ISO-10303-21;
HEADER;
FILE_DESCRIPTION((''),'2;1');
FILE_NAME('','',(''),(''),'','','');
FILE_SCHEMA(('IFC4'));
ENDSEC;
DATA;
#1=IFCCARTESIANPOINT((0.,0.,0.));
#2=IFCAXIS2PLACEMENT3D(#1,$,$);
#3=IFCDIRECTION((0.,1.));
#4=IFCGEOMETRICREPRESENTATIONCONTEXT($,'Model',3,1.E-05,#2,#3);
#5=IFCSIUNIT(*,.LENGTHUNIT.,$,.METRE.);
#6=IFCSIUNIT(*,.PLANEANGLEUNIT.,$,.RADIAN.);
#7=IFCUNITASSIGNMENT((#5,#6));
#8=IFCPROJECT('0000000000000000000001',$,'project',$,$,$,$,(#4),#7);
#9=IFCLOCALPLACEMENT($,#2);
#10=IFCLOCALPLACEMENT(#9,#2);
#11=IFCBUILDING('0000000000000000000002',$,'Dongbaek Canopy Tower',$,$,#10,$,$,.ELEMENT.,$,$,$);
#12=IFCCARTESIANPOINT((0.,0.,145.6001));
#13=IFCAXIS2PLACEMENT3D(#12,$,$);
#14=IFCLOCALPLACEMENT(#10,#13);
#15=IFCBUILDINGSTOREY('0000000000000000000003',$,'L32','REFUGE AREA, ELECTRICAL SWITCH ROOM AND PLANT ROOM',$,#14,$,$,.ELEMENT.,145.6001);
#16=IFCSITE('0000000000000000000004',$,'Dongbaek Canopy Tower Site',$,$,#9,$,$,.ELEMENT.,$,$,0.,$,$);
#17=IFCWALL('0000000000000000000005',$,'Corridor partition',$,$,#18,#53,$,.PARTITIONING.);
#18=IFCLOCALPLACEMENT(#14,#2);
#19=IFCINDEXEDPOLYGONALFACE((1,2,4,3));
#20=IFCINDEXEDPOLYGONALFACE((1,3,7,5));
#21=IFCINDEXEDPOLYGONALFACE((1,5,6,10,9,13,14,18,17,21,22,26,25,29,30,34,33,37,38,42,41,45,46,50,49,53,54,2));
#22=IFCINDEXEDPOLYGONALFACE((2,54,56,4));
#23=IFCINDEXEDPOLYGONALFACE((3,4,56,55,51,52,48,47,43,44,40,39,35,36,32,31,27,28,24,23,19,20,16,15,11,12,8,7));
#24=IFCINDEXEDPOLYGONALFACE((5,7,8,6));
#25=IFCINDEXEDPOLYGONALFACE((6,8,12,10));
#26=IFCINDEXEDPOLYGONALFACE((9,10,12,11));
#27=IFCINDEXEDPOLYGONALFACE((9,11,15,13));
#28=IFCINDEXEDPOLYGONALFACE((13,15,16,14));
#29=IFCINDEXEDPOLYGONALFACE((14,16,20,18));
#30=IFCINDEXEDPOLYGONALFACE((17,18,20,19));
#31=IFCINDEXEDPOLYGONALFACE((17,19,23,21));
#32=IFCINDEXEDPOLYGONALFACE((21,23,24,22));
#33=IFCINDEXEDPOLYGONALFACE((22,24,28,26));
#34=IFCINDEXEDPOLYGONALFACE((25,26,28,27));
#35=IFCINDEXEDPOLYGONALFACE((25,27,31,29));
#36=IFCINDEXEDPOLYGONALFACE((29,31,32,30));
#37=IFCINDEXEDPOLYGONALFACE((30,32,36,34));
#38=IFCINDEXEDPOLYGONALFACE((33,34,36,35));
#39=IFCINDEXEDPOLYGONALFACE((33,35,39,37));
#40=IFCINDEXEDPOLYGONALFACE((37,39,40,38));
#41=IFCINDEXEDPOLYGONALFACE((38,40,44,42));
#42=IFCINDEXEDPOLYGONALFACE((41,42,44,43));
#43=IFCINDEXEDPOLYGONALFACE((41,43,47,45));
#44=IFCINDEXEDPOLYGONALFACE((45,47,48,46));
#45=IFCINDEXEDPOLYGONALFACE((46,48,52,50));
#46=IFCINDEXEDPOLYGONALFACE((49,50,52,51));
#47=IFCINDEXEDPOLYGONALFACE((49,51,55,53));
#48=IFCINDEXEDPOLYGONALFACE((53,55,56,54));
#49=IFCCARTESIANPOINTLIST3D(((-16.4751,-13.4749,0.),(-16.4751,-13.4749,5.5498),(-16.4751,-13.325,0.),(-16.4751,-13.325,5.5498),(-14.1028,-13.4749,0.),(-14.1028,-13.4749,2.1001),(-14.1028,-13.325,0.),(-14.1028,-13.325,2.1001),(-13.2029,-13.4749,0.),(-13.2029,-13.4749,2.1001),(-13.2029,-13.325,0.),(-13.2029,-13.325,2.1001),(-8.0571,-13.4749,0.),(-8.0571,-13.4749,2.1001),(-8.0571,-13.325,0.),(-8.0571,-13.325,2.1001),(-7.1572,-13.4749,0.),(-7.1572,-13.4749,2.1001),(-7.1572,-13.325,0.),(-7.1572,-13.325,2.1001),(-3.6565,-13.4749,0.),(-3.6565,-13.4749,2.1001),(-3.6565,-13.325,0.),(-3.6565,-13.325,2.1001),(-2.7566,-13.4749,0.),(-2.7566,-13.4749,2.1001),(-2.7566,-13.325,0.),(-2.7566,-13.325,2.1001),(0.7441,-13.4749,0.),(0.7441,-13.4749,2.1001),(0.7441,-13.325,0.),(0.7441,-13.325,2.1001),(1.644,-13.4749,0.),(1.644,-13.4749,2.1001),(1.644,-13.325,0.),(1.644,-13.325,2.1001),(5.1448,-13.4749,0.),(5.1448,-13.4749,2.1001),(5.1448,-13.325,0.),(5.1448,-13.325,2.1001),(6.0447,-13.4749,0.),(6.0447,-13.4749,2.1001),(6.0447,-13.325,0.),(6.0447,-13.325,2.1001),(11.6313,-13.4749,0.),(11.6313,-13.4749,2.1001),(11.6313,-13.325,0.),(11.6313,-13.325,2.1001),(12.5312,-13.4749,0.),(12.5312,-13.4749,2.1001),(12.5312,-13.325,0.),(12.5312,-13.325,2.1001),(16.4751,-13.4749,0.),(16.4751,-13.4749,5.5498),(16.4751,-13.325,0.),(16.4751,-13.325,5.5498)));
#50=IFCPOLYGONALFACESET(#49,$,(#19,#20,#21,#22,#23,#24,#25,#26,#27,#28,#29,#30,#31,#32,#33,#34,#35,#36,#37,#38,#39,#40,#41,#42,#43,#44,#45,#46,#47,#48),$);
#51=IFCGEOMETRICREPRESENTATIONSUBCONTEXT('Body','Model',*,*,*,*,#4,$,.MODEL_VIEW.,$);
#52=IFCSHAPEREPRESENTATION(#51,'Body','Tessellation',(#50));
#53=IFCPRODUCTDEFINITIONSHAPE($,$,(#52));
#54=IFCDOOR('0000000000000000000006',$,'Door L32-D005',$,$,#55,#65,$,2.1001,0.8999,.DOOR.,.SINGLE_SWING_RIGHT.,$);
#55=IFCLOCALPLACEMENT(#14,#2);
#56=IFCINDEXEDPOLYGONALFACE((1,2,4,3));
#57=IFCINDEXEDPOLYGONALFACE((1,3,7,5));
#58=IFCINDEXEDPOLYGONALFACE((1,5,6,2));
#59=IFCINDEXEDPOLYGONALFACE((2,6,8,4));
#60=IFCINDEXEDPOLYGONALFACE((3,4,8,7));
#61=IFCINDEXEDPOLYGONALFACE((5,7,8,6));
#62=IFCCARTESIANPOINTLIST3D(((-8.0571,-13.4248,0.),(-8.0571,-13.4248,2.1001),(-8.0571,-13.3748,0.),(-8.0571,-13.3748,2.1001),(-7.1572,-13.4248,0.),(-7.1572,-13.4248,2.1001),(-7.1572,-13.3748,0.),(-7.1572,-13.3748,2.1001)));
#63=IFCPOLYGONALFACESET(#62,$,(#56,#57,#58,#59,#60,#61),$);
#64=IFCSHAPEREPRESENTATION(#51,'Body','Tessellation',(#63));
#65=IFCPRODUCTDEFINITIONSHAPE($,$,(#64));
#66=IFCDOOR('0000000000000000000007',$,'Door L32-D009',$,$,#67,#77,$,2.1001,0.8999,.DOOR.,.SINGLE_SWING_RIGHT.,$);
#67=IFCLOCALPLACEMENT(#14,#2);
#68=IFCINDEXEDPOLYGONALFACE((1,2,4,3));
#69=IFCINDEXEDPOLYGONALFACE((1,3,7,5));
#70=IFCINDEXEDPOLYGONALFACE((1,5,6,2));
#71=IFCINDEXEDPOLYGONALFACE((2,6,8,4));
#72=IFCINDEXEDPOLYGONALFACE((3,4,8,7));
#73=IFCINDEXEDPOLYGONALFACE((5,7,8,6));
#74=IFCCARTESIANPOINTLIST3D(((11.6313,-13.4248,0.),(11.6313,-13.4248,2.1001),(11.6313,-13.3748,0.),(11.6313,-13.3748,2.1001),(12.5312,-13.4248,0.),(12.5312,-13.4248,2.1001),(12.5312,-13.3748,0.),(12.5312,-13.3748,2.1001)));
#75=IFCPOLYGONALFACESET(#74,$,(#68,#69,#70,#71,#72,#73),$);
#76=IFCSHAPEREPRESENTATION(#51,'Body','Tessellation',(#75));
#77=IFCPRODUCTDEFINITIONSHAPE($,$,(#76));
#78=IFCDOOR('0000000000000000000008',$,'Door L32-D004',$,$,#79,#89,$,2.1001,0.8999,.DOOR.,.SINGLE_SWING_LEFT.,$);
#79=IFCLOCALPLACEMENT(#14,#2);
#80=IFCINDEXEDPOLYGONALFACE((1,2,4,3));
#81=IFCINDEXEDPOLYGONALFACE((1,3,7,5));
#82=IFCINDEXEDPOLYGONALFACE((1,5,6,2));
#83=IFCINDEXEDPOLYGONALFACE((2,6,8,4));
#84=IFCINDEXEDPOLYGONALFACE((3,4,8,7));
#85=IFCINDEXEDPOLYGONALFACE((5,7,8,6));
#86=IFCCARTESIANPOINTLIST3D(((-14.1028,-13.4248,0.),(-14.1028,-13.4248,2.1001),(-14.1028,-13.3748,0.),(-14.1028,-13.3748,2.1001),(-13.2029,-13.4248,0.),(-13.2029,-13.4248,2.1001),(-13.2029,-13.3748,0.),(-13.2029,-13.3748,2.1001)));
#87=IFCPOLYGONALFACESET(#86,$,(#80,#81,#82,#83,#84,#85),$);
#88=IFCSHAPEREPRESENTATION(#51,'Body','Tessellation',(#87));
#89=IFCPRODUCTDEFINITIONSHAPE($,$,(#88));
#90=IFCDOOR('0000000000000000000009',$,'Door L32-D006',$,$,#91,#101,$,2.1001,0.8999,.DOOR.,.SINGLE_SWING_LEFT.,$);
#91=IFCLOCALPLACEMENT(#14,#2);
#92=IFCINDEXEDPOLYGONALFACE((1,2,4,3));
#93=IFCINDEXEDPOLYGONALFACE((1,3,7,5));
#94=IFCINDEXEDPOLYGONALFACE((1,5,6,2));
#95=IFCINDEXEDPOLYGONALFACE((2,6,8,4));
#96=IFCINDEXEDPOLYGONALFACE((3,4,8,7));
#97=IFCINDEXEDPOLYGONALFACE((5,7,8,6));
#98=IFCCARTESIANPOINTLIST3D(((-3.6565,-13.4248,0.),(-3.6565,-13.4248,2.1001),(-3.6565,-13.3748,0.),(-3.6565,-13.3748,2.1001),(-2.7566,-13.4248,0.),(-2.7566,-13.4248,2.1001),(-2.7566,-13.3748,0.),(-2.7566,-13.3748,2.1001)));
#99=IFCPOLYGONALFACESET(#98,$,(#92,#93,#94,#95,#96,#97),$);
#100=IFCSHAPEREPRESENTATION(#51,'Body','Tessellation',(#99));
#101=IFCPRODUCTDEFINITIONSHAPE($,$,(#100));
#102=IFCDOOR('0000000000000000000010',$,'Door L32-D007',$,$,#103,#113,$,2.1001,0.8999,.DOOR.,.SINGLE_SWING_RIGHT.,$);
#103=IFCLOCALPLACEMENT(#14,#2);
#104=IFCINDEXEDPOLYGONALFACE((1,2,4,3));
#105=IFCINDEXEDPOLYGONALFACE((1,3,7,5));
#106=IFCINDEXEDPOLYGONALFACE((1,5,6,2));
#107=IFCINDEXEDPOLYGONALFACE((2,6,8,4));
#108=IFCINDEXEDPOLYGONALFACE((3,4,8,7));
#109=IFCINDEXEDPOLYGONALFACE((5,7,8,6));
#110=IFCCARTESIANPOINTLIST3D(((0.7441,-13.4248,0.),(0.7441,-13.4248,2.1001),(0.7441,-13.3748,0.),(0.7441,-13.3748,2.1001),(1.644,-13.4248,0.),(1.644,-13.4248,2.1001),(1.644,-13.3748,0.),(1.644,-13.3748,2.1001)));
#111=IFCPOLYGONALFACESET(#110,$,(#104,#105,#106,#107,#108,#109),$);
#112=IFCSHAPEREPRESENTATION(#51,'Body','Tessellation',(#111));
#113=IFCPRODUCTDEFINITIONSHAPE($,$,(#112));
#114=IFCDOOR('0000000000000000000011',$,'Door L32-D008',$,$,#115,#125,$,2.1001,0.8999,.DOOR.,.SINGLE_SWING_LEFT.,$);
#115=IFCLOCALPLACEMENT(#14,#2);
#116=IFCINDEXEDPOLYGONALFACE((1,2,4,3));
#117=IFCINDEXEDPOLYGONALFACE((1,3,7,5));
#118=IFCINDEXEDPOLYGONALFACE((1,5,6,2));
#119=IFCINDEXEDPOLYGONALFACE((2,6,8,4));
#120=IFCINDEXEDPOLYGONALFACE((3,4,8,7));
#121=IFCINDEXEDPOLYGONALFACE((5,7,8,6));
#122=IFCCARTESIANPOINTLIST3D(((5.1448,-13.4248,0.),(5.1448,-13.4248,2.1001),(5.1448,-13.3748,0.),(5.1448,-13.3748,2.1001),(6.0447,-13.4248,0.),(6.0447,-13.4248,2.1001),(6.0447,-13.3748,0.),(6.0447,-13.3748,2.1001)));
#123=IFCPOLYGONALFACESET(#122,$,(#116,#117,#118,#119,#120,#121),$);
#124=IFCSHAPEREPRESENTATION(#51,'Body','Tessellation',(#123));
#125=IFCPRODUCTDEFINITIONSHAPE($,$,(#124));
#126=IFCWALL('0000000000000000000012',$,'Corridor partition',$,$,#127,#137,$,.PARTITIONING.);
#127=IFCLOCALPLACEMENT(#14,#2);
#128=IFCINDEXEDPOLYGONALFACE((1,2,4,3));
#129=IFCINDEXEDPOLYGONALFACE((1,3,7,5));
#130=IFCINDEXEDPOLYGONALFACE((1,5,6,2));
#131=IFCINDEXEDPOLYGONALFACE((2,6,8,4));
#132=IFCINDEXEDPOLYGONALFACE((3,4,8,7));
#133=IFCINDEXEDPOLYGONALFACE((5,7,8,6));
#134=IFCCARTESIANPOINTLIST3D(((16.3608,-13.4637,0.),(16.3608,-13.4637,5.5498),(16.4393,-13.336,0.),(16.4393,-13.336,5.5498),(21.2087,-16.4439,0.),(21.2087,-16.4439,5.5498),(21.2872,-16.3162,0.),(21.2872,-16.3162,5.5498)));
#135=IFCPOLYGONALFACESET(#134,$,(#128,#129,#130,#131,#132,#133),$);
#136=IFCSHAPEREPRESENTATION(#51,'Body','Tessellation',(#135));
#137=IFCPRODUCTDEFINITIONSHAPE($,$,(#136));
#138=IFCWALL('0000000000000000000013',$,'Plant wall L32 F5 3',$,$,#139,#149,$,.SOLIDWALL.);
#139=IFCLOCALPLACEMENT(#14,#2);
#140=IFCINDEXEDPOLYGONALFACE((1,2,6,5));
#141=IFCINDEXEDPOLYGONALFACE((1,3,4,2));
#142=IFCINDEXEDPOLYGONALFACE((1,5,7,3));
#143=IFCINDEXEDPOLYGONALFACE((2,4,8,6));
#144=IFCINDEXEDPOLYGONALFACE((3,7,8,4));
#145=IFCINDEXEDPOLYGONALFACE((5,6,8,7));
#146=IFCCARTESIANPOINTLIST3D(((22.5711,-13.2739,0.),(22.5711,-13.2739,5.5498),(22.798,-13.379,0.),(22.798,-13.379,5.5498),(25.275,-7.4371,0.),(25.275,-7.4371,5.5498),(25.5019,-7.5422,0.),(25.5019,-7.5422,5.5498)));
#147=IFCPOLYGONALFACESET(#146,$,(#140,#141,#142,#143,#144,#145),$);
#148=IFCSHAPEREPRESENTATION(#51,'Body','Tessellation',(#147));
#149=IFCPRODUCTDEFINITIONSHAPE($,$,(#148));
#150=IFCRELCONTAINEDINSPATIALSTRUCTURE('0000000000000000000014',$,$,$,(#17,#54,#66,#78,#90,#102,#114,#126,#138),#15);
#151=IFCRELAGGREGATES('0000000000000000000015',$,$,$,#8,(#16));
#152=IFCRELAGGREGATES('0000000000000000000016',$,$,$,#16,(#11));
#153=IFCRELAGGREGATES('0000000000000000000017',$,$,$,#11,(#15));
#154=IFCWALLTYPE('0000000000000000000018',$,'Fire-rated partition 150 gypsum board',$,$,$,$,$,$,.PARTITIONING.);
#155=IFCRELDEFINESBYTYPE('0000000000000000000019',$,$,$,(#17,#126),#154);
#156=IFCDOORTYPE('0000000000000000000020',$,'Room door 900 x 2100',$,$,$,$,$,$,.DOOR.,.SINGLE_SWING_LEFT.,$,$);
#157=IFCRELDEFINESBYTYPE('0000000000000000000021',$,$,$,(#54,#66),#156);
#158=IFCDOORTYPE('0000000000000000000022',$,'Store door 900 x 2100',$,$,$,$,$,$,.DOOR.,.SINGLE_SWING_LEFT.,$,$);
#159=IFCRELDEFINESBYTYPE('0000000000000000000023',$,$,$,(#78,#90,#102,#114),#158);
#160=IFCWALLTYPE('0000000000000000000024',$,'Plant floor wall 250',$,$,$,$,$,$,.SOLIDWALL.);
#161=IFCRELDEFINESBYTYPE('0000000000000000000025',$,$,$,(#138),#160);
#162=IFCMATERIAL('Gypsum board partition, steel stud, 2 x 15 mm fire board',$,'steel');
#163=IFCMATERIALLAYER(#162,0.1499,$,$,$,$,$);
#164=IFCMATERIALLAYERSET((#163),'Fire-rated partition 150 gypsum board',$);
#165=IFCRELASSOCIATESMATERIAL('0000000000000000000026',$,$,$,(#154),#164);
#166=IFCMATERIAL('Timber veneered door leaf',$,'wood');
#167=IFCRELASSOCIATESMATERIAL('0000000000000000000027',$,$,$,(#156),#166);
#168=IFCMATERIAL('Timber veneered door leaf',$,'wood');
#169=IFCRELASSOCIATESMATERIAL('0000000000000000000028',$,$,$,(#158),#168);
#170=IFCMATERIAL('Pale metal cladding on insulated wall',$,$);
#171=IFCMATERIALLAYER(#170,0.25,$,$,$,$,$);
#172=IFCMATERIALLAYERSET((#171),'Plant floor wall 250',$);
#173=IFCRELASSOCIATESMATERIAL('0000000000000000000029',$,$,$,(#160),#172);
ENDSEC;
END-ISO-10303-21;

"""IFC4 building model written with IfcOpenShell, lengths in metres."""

from ifc_helpers import new_model, si_unit, direction, frame, frame_2d, origin, place, context, subcontext, project, spatial, rectangle, extrude, material, layer, layer_set, type_object, element, fill, save


model = new_model("IFC4")

# Units and contexts
model_context = context("Model", 3, precision=1e-05, world=origin(), true_north=direction((0.0, 1.0)))
body_context = subcontext(model_context, "Body", "Model", "MODEL_VIEW")
ifc_project = project(units=[si_unit("LENGTHUNIT", "METRE"), si_unit("PLANEANGLEUNIT", "RADIAN")], contexts=[model_context])

# Site, building, storey
site_placement = place(None, origin())
site = spatial("IfcSite", under=ifc_project, at=site_placement, Name="Dongbaek Canopy Tower Site", CompositionType="ELEMENT", RefElevation=0.0)
building_placement = place(site_placement, origin())
building = spatial("IfcBuilding", under=site, at=building_placement, Name="Dongbaek Canopy Tower", CompositionType="ELEMENT")
storey_placement = place(building_placement, frame((0.0, 0.0, 145.6001)))
storey = spatial("IfcBuildingStorey", under=building, at=storey_placement, Name="L32", Description="REFUGE AREA, ELECTRICAL SWITCH ROOM AND PLANT ROOM", CompositionType="ELEMENT", Elevation=145.6001)

# Wall, openings, doors
ifc_material_1 = material(Name="Gypsum board partition, steel stud, 2 x 15 mm fire board", Category="steel")
ifc_layer_1 = layer(ifc_material_1, 0.1499)
ifc_layer_set_1 = layer_set([ifc_layer_1], Name="Fire-rated partition 150 gypsum board")
wall_type_1 = type_object("IfcWallType", Name="Fire-rated partition 150 gypsum board", PredefinedType="PARTITIONING", material=ifc_layer_set_1)
wall_1_placement = place(storey_placement, frame((16.4751, -13.3999, 0.0), z_axis=(0.0, 0.0, 1.0), x_axis=(-1.0, 0.0, 0.0)))
wall_1 = element("IfcWall", 1, at=wall_1_placement, inside=storey, type_object=wall_type_1, Name="Corridor partition", PredefinedType="PARTITIONING", context=body_context, shape_type="SweptSolid", body=[
    extrude(rectangle(XDim=32.9502, YDim=0.1499, at=frame_2d((16.4751, 0.0))), origin(), (0.0, 0.0, 1.0), 5.5498),
])
opening_1_placement = place(wall_1_placement, frame((29.678, 0.0, 0.0)))
opening_1 = element("IfcOpeningElement", 2, at=opening_1_placement, cuts=wall_1, PredefinedType="OPENING", context=body_context, shape_type="SweptSolid", body=[
    extrude(rectangle(XDim=0.8999, YDim=2.1001, at=frame_2d((0.45, 1.05))), frame((0.0, 0.085, 0.0), z_axis=(0.0, -1.0, 0.0), x_axis=(1.0, 0.0, 0.0)), (0.0, 0.0, 1.0), 0.1699),
])
opening_2_placement = place(wall_1_placement, frame((23.6323, 0.0, 0.0)))
opening_2 = element("IfcOpeningElement", 3, at=opening_2_placement, cuts=wall_1, PredefinedType="OPENING", context=body_context, shape_type="SweptSolid", body=[
    extrude(rectangle(XDim=0.8999, YDim=2.1001, at=frame_2d((0.45, 1.05))), frame((0.0, 0.085, 0.0), z_axis=(0.0, -1.0, 0.0), x_axis=(1.0, 0.0, 0.0)), (0.0, 0.0, 1.0), 0.1699),
])
opening_3_placement = place(wall_1_placement, frame((19.2317, 0.0, 0.0)))
opening_3 = element("IfcOpeningElement", 4, at=opening_3_placement, cuts=wall_1, PredefinedType="OPENING", context=body_context, shape_type="SweptSolid", body=[
    extrude(rectangle(XDim=0.8999, YDim=2.1001, at=frame_2d((0.45, 1.05))), frame((0.0, 0.085, 0.0), z_axis=(0.0, -1.0, 0.0), x_axis=(1.0, 0.0, 0.0)), (0.0, 0.0, 1.0), 0.1699),
])
opening_4_placement = place(wall_1_placement, frame((14.8311, 0.0, 0.0)))
opening_4 = element("IfcOpeningElement", 5, at=opening_4_placement, cuts=wall_1, PredefinedType="OPENING", context=body_context, shape_type="SweptSolid", body=[
    extrude(rectangle(XDim=0.8999, YDim=2.1001, at=frame_2d((0.45, 1.05))), frame((0.0, 0.085, 0.0), z_axis=(0.0, -1.0, 0.0), x_axis=(1.0, 0.0, 0.0)), (0.0, 0.0, 1.0), 0.1699),
])
opening_5_placement = place(wall_1_placement, frame((10.4304, 0.0, 0.0)))
opening_5 = element("IfcOpeningElement", 6, at=opening_5_placement, cuts=wall_1, PredefinedType="OPENING", context=body_context, shape_type="SweptSolid", body=[
    extrude(rectangle(XDim=0.8999, YDim=2.1001, at=frame_2d((0.45, 1.05))), frame((0.0, 0.085, 0.0), z_axis=(0.0, -1.0, 0.0), x_axis=(1.0, 0.0, 0.0)), (0.0, 0.0, 1.0), 0.1699),
])
opening_6_placement = place(wall_1_placement, frame((3.9438, 0.0, 0.0)))
opening_6 = element("IfcOpeningElement", 7, at=opening_6_placement, cuts=wall_1, PredefinedType="OPENING", context=body_context, shape_type="SweptSolid", body=[
    extrude(rectangle(XDim=0.8999, YDim=2.1001, at=frame_2d((0.45, 1.05))), frame((0.0, 0.085, 0.0), z_axis=(0.0, -1.0, 0.0), x_axis=(1.0, 0.0, 0.0)), (0.0, 0.0, 1.0), 0.1699),
])
ifc_material_2 = material(Name="Timber veneered door leaf", Category="wood")
door_type_1 = type_object("IfcDoorType", Name="Room door 900 x 2100", OperationType="SINGLE_SWING_LEFT", PredefinedType="DOOR", material=ifc_material_2)
door_1_placement = place(opening_2_placement, origin())
door_1 = element("IfcDoor", 8, at=door_1_placement, inside=storey, type_object=door_type_1, Name="Door L32-D005", OperationType="SINGLE_SWING_RIGHT", OverallHeight=2.1001, OverallWidth=0.8999, PredefinedType="DOOR", context=body_context, shape_type="SweptSolid", body=[
    extrude(rectangle(XDim=0.8999, YDim=2.1001, at=frame_2d((0.45, 1.05))), frame((0.0, 0.0249, 0.0), z_axis=(0.0, -1.0, 0.0), x_axis=(1.0, 0.0, 0.0)), (0.0, 0.0, 1.0), 0.05),
])
fill(opening_2, door_1)
door_2_placement = place(opening_6_placement, origin())
door_2 = element("IfcDoor", 9, at=door_2_placement, inside=storey, type_object=door_type_1, Name="Door L32-D009", OperationType="SINGLE_SWING_RIGHT", OverallHeight=2.1001, OverallWidth=0.8999, PredefinedType="DOOR", context=body_context, shape_type="SweptSolid", body=[
    extrude(rectangle(XDim=0.8999, YDim=2.1001, at=frame_2d((0.45, 1.05))), frame((0.0, 0.0249, 0.0), z_axis=(0.0, -1.0, 0.0), x_axis=(1.0, 0.0, 0.0)), (0.0, 0.0, 1.0), 0.05),
])
fill(opening_6, door_2)
ifc_material_3 = material(Name="Timber veneered door leaf", Category="wood")
door_type_2 = type_object("IfcDoorType", Name="Store door 900 x 2100", OperationType="SINGLE_SWING_LEFT", PredefinedType="DOOR", material=ifc_material_3)
door_3_placement = place(opening_1_placement, origin())
door_3 = element("IfcDoor", 10, at=door_3_placement, inside=storey, type_object=door_type_2, Name="Door L32-D004", OperationType="SINGLE_SWING_LEFT", OverallHeight=2.1001, OverallWidth=0.8999, PredefinedType="DOOR", context=body_context, shape_type="SweptSolid", body=[
    extrude(rectangle(XDim=0.8999, YDim=2.1001, at=frame_2d((0.45, 1.05))), frame((0.0, 0.0249, 0.0), z_axis=(0.0, -1.0, 0.0), x_axis=(1.0, 0.0, 0.0)), (0.0, 0.0, 1.0), 0.05),
])
fill(opening_1, door_3)
door_4_placement = place(opening_3_placement, origin())
door_4 = element("IfcDoor", 11, at=door_4_placement, inside=storey, type_object=door_type_2, Name="Door L32-D006", OperationType="SINGLE_SWING_LEFT", OverallHeight=2.1001, OverallWidth=0.8999, PredefinedType="DOOR", context=body_context, shape_type="SweptSolid", body=[
    extrude(rectangle(XDim=0.8999, YDim=2.1001, at=frame_2d((0.45, 1.05))), frame((0.0, 0.0249, 0.0), z_axis=(0.0, -1.0, 0.0), x_axis=(1.0, 0.0, 0.0)), (0.0, 0.0, 1.0), 0.05),
])
fill(opening_3, door_4)
door_5_placement = place(opening_4_placement, origin())
door_5 = element("IfcDoor", 12, at=door_5_placement, inside=storey, type_object=door_type_2, Name="Door L32-D007", OperationType="SINGLE_SWING_RIGHT", OverallHeight=2.1001, OverallWidth=0.8999, PredefinedType="DOOR", context=body_context, shape_type="SweptSolid", body=[
    extrude(rectangle(XDim=0.8999, YDim=2.1001, at=frame_2d((0.45, 1.05))), frame((0.0, 0.0249, 0.0), z_axis=(0.0, -1.0, 0.0), x_axis=(1.0, 0.0, 0.0)), (0.0, 0.0, 1.0), 0.05),
])
fill(opening_4, door_5)
door_6_placement = place(opening_5_placement, origin())
door_6 = element("IfcDoor", 13, at=door_6_placement, inside=storey, type_object=door_type_2, Name="Door L32-D008", OperationType="SINGLE_SWING_LEFT", OverallHeight=2.1001, OverallWidth=0.8999, PredefinedType="DOOR", context=body_context, shape_type="SweptSolid", body=[
    extrude(rectangle(XDim=0.8999, YDim=2.1001, at=frame_2d((0.45, 1.05))), frame((0.0, 0.0249, 0.0), z_axis=(0.0, -1.0, 0.0), x_axis=(1.0, 0.0, 0.0)), (0.0, 0.0, 1.0), 0.05),
])
fill(opening_5, door_6)

# Walls
wall_2_placement = place(storey_placement, frame((16.4001, -13.3999, 0.0), z_axis=(0.0, 0.0, 1.0), x_axis=(0.851901, -0.523702, 0.0)))
element("IfcWall", 14, at=wall_2_placement, inside=storey, type_object=wall_type_1, Name="Corridor partition", PredefinedType="PARTITIONING", context=body_context, shape_type="SweptSolid", body=[
    extrude(rectangle(XDim=5.6907, YDim=0.1499, at=frame_2d((2.8452, 0.0))), origin(), (0.0, 0.0, 1.0), 5.5498),
])
ifc_material_4 = material(Name="Pale metal cladding on insulated wall")
ifc_layer_2 = layer(ifc_material_4, 0.25)
ifc_layer_set_2 = layer_set([ifc_layer_2], Name="Plant floor wall 250")
wall_type_2 = type_object("IfcWallType", Name="Plant floor wall 250", PredefinedType="SOLIDWALL", material=ifc_layer_set_2)
wall_3_placement = place(storey_placement, frame((22.6846, -13.3264, 0.0), z_axis=(0.0, 0.0, 1.0), x_axis=(0.420341, 0.907366, 0.0)))
element("IfcWall", 15, at=wall_3_placement, inside=storey, type_object=wall_type_2, Name="Plant wall L32 F5 3", PredefinedType="SOLIDWALL", context=body_context, shape_type="SweptSolid", body=[
    extrude(rectangle(XDim=6.4326, YDim=0.25, at=frame_2d((3.2163, 0.0))), origin(), (0.0, 0.0, 1.0), 5.5498),
])

save(model, "model.ifc")
